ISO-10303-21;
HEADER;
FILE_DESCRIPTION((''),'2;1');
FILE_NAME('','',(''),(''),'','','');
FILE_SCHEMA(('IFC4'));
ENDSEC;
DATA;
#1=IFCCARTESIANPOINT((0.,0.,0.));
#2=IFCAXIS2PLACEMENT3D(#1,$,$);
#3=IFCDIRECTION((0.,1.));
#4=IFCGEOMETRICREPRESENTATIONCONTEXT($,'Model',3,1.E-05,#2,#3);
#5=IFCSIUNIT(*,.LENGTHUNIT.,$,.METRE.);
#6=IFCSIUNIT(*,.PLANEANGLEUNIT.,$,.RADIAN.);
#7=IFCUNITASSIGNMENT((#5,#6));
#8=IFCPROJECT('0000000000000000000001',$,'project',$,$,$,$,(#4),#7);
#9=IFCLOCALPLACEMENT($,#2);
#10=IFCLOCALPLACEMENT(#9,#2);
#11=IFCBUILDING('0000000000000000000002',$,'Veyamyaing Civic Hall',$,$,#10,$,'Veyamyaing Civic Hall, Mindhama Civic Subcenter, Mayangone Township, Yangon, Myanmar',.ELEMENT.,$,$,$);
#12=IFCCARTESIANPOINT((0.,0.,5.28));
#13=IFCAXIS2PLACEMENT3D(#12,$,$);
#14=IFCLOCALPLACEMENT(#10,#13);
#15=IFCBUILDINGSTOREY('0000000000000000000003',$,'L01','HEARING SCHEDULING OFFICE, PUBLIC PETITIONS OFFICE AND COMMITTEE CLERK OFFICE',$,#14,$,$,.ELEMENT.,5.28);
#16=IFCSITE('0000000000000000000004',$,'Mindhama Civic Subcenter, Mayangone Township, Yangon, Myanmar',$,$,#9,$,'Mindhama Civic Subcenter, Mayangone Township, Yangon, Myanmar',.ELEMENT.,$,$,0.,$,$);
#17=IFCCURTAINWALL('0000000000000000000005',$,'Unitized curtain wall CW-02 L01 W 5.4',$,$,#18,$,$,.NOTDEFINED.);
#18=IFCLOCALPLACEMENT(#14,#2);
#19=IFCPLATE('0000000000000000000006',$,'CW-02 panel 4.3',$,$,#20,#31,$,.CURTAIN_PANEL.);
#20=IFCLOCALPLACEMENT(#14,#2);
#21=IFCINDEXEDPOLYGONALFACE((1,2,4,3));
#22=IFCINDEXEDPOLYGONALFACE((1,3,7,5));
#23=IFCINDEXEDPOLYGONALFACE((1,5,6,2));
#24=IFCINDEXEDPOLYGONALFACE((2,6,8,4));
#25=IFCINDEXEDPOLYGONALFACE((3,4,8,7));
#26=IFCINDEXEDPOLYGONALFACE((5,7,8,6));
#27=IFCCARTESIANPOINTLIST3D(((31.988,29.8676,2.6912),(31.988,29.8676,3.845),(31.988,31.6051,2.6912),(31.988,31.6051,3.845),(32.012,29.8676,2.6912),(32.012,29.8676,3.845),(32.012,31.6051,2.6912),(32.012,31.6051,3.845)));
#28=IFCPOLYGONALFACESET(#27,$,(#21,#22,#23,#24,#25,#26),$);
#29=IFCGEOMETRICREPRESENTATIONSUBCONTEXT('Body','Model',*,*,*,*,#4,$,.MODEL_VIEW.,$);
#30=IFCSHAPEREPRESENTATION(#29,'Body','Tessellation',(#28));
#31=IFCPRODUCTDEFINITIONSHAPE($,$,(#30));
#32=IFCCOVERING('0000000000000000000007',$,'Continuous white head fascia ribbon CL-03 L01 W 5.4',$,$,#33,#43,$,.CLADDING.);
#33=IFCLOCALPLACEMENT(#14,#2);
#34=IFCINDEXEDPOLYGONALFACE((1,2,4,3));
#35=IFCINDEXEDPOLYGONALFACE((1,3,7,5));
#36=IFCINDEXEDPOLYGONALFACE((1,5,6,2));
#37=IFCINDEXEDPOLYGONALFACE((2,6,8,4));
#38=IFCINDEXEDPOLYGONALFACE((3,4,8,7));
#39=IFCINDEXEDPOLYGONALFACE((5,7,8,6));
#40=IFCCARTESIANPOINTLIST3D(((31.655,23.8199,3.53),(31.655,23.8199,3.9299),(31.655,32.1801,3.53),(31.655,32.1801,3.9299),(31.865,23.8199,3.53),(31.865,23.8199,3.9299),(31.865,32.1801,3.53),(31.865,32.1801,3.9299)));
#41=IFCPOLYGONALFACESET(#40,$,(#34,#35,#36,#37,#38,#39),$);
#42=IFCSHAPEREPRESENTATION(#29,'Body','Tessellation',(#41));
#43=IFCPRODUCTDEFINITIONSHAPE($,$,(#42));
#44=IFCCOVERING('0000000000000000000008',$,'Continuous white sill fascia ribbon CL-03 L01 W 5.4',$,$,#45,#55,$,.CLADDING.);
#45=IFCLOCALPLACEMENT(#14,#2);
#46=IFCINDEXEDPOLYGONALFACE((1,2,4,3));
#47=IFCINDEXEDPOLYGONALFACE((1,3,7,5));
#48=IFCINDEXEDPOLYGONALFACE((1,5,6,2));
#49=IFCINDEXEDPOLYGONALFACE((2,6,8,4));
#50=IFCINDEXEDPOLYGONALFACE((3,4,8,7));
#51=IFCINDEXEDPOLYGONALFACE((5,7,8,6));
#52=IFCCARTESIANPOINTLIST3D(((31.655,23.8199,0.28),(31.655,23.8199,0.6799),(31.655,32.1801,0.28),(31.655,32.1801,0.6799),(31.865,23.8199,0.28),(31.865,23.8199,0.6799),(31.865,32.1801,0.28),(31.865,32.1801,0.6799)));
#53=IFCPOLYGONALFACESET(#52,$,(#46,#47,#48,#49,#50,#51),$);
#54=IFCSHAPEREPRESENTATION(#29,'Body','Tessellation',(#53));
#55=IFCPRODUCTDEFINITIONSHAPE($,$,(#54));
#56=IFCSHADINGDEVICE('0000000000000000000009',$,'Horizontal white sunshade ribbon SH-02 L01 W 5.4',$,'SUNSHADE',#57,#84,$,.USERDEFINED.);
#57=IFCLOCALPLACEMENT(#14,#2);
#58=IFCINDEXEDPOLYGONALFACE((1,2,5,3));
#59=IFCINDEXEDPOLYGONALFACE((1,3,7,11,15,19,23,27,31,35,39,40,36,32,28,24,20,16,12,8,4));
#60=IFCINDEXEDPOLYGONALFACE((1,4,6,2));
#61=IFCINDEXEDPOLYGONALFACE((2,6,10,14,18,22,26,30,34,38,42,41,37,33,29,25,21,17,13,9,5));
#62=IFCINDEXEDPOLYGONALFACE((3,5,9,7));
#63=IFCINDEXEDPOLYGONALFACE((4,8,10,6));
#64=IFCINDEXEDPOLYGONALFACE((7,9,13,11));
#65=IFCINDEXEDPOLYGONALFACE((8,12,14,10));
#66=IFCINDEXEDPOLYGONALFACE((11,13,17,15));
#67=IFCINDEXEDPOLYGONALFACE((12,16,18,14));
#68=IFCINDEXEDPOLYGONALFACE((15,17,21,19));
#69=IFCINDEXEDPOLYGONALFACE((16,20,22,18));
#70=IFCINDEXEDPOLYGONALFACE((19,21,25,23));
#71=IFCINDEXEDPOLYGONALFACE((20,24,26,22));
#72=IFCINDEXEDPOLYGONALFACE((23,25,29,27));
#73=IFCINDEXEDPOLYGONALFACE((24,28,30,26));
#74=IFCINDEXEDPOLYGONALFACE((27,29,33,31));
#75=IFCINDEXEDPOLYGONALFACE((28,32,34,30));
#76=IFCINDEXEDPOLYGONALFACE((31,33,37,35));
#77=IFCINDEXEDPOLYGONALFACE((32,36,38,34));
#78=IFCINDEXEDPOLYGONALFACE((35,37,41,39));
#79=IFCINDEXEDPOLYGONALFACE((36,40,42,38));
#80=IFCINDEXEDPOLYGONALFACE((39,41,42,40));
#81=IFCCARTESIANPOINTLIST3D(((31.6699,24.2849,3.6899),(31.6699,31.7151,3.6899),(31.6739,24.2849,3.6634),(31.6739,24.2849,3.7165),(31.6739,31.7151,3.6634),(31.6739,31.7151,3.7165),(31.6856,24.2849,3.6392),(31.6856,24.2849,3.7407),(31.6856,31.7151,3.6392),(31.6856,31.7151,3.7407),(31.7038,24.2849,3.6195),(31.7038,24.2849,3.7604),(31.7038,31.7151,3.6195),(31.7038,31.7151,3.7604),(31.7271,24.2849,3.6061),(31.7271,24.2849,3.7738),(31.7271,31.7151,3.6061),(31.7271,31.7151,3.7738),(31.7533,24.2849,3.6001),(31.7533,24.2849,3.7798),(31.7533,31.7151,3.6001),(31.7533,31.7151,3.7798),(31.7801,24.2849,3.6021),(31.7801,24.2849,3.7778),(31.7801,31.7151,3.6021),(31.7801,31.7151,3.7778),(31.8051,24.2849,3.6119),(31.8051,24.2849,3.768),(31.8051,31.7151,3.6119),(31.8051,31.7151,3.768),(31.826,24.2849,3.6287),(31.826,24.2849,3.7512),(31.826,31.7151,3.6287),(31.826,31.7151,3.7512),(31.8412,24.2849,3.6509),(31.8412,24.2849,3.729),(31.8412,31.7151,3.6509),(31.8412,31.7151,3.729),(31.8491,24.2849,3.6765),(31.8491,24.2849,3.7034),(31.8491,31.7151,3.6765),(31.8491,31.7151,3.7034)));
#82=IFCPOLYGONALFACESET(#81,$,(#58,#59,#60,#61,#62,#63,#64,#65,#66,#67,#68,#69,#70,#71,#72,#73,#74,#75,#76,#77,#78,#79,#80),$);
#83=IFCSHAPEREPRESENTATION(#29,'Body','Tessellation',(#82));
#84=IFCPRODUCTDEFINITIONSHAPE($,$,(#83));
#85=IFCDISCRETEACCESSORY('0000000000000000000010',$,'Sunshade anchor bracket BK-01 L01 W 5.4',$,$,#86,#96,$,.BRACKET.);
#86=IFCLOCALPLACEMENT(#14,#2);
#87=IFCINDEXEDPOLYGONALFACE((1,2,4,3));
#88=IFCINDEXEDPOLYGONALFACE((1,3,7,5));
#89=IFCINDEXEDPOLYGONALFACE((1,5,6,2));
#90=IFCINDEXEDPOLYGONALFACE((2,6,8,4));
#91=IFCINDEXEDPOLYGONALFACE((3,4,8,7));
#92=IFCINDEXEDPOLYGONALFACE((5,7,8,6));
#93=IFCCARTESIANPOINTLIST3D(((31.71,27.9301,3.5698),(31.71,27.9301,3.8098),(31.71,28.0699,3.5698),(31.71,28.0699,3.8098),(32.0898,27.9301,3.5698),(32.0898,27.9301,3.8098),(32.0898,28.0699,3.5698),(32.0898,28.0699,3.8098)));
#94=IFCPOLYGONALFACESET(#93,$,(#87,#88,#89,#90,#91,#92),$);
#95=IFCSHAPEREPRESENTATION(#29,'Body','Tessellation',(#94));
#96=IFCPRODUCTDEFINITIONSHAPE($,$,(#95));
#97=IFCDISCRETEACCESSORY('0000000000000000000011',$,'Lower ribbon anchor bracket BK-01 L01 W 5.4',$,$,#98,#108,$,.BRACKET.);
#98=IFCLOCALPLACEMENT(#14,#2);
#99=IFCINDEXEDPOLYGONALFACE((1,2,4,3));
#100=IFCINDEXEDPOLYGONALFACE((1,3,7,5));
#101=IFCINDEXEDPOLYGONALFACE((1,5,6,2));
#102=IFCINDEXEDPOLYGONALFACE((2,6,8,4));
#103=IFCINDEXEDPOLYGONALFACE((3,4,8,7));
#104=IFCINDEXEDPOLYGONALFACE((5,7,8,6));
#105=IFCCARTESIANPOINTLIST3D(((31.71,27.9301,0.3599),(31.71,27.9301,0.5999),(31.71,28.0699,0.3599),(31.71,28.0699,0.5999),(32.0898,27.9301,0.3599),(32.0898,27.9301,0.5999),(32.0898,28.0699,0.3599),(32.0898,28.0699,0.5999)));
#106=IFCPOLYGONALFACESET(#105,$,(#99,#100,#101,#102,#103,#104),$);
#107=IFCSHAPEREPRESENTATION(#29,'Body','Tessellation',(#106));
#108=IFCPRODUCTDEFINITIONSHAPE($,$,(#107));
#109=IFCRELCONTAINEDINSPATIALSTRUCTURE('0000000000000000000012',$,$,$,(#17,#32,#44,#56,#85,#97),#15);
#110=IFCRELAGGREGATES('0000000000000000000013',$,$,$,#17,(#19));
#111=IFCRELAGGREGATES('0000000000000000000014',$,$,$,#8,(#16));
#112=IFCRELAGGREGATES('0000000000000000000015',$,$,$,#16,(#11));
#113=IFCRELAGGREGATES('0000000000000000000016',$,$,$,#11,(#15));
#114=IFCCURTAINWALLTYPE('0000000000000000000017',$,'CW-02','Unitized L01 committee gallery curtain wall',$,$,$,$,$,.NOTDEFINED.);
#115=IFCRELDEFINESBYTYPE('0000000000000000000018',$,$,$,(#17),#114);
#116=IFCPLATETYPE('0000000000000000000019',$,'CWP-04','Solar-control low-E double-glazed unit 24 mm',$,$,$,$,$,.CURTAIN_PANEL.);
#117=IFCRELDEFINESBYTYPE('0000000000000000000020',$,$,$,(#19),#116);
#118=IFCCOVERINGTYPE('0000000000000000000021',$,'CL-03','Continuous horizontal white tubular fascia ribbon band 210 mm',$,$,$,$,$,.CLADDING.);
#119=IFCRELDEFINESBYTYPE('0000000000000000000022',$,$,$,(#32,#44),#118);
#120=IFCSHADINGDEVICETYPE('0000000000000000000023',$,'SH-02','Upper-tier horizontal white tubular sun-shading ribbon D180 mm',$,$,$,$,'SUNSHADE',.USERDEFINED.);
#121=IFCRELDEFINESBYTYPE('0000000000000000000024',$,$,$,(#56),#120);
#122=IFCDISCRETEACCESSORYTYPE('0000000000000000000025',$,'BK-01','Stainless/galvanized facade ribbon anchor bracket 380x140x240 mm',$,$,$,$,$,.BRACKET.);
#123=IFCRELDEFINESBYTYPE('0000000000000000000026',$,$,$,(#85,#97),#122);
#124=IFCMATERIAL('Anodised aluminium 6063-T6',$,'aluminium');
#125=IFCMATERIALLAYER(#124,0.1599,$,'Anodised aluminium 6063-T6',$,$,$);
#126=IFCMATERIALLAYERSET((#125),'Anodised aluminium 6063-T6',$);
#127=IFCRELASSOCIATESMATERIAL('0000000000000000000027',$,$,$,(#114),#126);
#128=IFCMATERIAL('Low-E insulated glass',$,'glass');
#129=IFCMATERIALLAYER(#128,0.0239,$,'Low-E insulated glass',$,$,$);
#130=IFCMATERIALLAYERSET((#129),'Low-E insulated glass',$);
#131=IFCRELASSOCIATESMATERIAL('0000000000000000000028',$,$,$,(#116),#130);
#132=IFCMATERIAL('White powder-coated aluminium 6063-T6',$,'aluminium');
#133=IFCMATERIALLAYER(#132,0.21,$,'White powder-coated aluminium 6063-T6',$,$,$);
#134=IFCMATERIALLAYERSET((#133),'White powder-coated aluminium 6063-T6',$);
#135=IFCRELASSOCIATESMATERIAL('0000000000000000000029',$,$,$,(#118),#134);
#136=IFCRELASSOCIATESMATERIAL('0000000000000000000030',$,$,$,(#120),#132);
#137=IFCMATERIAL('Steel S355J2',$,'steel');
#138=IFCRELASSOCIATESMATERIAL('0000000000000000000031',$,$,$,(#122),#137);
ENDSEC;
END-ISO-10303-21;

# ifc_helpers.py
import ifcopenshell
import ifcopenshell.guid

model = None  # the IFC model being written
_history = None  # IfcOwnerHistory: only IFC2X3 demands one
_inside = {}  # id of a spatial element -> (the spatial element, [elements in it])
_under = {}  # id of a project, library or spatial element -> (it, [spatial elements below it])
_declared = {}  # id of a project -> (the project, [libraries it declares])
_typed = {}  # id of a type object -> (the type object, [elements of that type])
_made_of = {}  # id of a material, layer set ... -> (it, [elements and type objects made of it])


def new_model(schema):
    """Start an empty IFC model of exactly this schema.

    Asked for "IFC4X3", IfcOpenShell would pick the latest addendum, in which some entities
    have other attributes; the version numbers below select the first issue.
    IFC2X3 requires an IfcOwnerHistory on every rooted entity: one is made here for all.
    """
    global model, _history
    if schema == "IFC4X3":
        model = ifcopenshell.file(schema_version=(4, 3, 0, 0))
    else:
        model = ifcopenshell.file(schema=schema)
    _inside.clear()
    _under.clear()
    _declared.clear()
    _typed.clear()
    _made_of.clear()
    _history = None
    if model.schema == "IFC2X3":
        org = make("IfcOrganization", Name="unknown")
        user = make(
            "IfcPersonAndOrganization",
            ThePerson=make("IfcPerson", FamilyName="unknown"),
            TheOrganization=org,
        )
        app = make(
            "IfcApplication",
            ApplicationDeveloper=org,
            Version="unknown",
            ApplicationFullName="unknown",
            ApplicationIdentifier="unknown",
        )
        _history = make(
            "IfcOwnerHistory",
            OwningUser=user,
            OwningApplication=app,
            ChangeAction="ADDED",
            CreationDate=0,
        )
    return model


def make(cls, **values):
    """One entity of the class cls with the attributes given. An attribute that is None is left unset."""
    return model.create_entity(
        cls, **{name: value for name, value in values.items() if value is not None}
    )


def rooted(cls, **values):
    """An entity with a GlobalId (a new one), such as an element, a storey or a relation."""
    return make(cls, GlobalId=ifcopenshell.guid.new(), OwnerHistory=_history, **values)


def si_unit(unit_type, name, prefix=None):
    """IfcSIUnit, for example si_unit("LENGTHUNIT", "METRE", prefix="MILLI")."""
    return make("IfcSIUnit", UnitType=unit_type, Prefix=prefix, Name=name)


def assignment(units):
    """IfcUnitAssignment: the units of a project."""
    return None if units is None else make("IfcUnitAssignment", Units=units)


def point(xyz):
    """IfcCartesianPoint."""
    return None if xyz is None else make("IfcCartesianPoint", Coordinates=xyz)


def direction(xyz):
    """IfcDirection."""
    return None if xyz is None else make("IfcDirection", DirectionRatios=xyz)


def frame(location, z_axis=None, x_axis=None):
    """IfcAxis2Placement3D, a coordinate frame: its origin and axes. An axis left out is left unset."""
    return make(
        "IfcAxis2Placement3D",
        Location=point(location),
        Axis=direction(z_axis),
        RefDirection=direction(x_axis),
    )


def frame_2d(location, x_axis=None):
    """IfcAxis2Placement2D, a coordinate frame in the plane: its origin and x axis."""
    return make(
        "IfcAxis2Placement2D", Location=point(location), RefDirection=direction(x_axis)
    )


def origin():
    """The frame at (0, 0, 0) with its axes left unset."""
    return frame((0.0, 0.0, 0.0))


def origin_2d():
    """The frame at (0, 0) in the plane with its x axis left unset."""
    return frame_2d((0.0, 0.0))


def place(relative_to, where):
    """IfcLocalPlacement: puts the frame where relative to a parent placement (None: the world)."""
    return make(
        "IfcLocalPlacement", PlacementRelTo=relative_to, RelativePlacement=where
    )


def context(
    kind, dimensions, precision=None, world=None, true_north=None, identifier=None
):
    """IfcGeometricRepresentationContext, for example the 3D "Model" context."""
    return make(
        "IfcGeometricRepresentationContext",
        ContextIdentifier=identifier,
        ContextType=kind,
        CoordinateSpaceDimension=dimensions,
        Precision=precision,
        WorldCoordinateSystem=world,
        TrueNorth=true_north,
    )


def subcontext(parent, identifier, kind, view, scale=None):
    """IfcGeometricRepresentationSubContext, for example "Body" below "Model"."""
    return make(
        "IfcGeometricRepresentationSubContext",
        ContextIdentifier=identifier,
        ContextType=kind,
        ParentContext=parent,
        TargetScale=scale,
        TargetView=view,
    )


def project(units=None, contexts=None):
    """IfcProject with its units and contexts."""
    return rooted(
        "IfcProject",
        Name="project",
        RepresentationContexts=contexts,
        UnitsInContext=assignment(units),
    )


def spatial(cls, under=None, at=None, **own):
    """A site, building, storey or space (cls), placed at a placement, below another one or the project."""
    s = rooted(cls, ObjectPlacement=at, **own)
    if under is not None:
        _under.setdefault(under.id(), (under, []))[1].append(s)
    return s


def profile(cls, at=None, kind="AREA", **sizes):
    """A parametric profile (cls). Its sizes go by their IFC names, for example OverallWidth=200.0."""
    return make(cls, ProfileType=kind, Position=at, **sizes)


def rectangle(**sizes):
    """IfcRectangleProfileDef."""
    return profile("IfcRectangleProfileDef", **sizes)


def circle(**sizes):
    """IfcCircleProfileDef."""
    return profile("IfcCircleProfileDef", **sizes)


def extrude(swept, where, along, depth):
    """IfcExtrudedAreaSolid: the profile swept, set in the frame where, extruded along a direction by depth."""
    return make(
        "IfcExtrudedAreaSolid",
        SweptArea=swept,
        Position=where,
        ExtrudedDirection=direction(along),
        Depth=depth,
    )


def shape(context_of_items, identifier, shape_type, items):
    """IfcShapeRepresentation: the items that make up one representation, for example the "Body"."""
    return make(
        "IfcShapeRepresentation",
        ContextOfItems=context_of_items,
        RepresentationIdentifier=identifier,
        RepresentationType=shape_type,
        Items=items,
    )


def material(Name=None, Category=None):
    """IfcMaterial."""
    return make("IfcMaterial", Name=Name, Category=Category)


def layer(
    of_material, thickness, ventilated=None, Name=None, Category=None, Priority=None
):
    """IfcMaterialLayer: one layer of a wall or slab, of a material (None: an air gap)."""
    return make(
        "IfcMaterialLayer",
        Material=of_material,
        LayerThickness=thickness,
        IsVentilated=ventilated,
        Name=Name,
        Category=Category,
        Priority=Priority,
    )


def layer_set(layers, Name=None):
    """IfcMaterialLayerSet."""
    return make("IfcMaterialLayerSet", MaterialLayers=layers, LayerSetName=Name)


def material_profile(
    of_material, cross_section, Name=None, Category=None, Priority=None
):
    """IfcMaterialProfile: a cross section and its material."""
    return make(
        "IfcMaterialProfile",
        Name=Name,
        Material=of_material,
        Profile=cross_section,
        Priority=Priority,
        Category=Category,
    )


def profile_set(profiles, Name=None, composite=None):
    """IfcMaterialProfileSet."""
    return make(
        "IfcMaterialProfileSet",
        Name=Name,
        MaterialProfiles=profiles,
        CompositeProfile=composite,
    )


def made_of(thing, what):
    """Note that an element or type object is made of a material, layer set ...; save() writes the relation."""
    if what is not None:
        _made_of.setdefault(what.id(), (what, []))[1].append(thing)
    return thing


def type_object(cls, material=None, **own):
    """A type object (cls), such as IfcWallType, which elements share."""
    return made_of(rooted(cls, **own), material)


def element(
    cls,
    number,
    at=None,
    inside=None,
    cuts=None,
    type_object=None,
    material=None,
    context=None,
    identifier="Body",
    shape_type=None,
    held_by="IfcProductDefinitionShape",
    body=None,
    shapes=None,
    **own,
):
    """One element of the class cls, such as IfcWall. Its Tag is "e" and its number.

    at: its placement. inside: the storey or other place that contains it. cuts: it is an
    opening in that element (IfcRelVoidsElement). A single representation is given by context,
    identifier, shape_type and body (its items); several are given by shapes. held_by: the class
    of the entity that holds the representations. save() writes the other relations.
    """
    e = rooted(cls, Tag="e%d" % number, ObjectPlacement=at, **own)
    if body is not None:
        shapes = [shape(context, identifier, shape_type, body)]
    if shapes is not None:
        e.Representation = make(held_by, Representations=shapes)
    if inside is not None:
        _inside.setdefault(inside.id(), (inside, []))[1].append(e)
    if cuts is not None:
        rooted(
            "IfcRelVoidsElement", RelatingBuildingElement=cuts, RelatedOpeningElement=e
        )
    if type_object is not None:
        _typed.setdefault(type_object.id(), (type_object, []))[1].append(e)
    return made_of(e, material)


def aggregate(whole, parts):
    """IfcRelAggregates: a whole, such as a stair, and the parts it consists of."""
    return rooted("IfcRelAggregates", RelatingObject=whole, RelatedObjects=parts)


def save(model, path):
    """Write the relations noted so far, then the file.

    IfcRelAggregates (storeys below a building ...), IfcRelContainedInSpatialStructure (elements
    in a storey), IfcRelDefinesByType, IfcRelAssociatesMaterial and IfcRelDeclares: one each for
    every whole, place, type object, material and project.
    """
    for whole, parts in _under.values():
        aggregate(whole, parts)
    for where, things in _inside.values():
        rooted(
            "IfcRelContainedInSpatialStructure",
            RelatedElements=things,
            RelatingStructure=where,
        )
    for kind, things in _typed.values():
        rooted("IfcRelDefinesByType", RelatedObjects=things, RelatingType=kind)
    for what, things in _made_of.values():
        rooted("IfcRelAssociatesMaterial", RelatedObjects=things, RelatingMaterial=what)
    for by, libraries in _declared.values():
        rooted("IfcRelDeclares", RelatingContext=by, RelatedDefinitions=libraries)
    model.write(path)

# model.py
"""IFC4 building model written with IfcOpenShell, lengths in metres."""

from ifc_helpers import new_model, si_unit, direction, frame, origin, origin_2d, place, context, subcontext, project, spatial, rectangle, circle, extrude, material, layer, layer_set, material_profile, profile_set, type_object, element, aggregate, save


model = new_model("IFC4")

# Units and contexts
model_context = context("Model", 3, precision=1e-05, world=origin(), true_north=direction((0.0, 1.0)))
body_context = subcontext(model_context, "Body", "Model", "MODEL_VIEW")
ifc_project = project(units=[si_unit("LENGTHUNIT", "METRE"), si_unit("PLANEANGLEUNIT", "RADIAN")], contexts=[model_context])

# Site, building, storey
site_placement = place(None, origin())
site = spatial("IfcSite", under=ifc_project, at=site_placement, Name="Mindhama Civic Subcenter, Mayangone Township, Yangon, Myanmar", LongName="Mindhama Civic Subcenter, Mayangone Township, Yangon, Myanmar", CompositionType="ELEMENT", RefElevation=0.0)
building_placement = place(site_placement, origin())
building = spatial("IfcBuilding", under=site, at=building_placement, Name="Veyamyaing Civic Hall", LongName="Veyamyaing Civic Hall, Mindhama Civic Subcenter, Mayangone Township, Yangon, Myanmar", CompositionType="ELEMENT")
storey_placement = place(building_placement, frame((0.0, 0.0, 5.28)))
storey = spatial("IfcBuildingStorey", under=building, at=storey_placement, Name="L01", Description="HEARING SCHEDULING OFFICE, PUBLIC PETITIONS OFFICE AND COMMITTEE CLERK OFFICE", CompositionType="ELEMENT", Elevation=5.28)

# Curtain wall
ifc_material_1 = material(Name="Anodised aluminium 6063-T6", Category="aluminium")
ifc_layer_1 = layer(ifc_material_1, 0.1599, Name="Anodised aluminium 6063-T6")
ifc_layer_set_1 = layer_set([ifc_layer_1], Name="Anodised aluminium 6063-T6")
curtain_wall_type = type_object("IfcCurtainWallType", Name="CW-02", Description="Unitized L01 committee gallery curtain wall", PredefinedType="NOTDEFINED", material=ifc_layer_set_1)
curtain_wall_placement = place(storey_placement, origin())
curtain_wall = element("IfcCurtainWall", 1, at=curtain_wall_placement, inside=storey, type_object=curtain_wall_type, Name="Unitized curtain wall CW-02 L01 W 5.4", PredefinedType="NOTDEFINED")

# Plate
ifc_material_2 = material(Name="Low-E insulated glass", Category="glass")
ifc_layer_2 = layer(ifc_material_2, 0.0239, Name="Low-E insulated glass")
ifc_layer_set_2 = layer_set([ifc_layer_2], Name="Low-E insulated glass")
plate_type = type_object("IfcPlateType", Name="CWP-04", Description="Solar-control low-E double-glazed unit 24 mm", PredefinedType="CURTAIN_PANEL", material=ifc_layer_set_2)
plate_1_placement = place(storey_placement, frame((32.0, 30.7363, 2.6912), z_axis=(0.0, 0.0, 1.0), x_axis=(0.0, 1.0, 0.0)))
plate_1 = element("IfcPlate", 2, at=plate_1_placement, type_object=plate_type, Name="CW-02 panel 4.3", PredefinedType="CURTAIN_PANEL", context=body_context, shape_type="SweptSolid", body=[
    extrude(rectangle(XDim=1.7375, YDim=0.0239, at=origin_2d()), origin(), (0.0, 0.0, 1.0), 1.1538),
])
aggregate(curtain_wall, [plate_1])

# Coverings
ifc_material_3 = material(Name="White powder-coated aluminium 6063-T6", Category="aluminium")
ifc_layer_3 = layer(ifc_material_3, 0.21, Name="White powder-coated aluminium 6063-T6")
ifc_layer_set_3 = layer_set([ifc_layer_3], Name="White powder-coated aluminium 6063-T6")
covering_type = type_object("IfcCoveringType", Name="CL-03", Description="Continuous horizontal white tubular fascia ribbon band 210 mm", PredefinedType="CLADDING", material=ifc_layer_set_3)
for number, where, z_axis, x_axis, name in (
    (3, (31.76, 28.0, 3.53), (0.0, 0.0, 1.0), (0.0, 1.0, 0.0), "Continuous white head fascia ribbon CL-03 L01 W 5.4"),
    (4, (31.76, 28.0, 0.28), (0.0, 0.0, 1.0), (0.0, 1.0, 0.0), "Continuous white sill fascia ribbon CL-03 L01 W 5.4"),
):
    element("IfcCovering", number, at=place(storey_placement, frame(where, z_axis=z_axis, x_axis=x_axis)), inside=storey, type_object=covering_type, Name=name, PredefinedType="CLADDING", context=body_context, shape_type="SweptSolid", body=[
        extrude(rectangle(XDim=8.3601, YDim=0.21, at=origin_2d()), origin(), (0.0, 0.0, 1.0), 0.3999),
    ])

# Shading device
ifc_material_profile_1 = material_profile(ifc_material_3, circle(Radius=0.0901, at=origin_2d()), Name="SHADE-TUBE-180")
ifc_profile_set_1 = profile_set([ifc_material_profile_1], Name="White powder-coated aluminium 6063-T6")
shading_device_type = type_object("IfcShadingDeviceType", Name="SH-02", Description="Upper-tier horizontal white tubular sun-shading ribbon D180 mm", ElementType="SUNSHADE", PredefinedType="USERDEFINED", material=ifc_profile_set_1)
shading_device_placement = place(storey_placement, frame((31.76, 24.2849, 3.6899), z_axis=(0.0, 1.0, 0.0), x_axis=(-1.0, 0.0, 0.0)))
element("IfcShadingDevice", 5, at=shading_device_placement, inside=storey, type_object=shading_device_type, Name="Horizontal white sunshade ribbon SH-02 L01 W 5.4", ObjectType="SUNSHADE", PredefinedType="USERDEFINED", context=body_context, shape_type="SweptSolid", body=[
    extrude(circle(Radius=0.0901, at=origin_2d()), origin(), (0.0, 0.0, 1.0), 7.4302),
])

# Discrete accessories
ifc_material_4 = material(Name="Steel S355J2", Category="steel")
discrete_accessory_type = type_object("IfcDiscreteAccessoryType", Name="BK-01", Description="Stainless/galvanized facade ribbon anchor bracket 380x140x240 mm", PredefinedType="BRACKET", material=ifc_material_4)
for number, where, z_axis, x_axis, name in (
    (6, (31.8999, 28.0, 3.5698), (0.0, 0.0, 1.0), (-1.0, 0.0, 0.0), "Sunshade anchor bracket BK-01 L01 W 5.4"),
    (7, (31.8999, 28.0, 0.3599), (0.0, 0.0, 1.0), (-1.0, 0.0, 0.0), "Lower ribbon anchor bracket BK-01 L01 W 5.4"),
):
    element("IfcDiscreteAccessory", number, at=place(storey_placement, frame(where, z_axis=z_axis, x_axis=x_axis)), inside=storey, type_object=discrete_accessory_type, Name=name, PredefinedType="BRACKET", context=body_context, shape_type="SweptSolid", body=[
        extrude(rectangle(XDim=0.3799, YDim=0.1399, at=origin_2d()), origin(), (0.0, 0.0, 1.0), 0.24),
    ])

save(model, "model.ifc")
